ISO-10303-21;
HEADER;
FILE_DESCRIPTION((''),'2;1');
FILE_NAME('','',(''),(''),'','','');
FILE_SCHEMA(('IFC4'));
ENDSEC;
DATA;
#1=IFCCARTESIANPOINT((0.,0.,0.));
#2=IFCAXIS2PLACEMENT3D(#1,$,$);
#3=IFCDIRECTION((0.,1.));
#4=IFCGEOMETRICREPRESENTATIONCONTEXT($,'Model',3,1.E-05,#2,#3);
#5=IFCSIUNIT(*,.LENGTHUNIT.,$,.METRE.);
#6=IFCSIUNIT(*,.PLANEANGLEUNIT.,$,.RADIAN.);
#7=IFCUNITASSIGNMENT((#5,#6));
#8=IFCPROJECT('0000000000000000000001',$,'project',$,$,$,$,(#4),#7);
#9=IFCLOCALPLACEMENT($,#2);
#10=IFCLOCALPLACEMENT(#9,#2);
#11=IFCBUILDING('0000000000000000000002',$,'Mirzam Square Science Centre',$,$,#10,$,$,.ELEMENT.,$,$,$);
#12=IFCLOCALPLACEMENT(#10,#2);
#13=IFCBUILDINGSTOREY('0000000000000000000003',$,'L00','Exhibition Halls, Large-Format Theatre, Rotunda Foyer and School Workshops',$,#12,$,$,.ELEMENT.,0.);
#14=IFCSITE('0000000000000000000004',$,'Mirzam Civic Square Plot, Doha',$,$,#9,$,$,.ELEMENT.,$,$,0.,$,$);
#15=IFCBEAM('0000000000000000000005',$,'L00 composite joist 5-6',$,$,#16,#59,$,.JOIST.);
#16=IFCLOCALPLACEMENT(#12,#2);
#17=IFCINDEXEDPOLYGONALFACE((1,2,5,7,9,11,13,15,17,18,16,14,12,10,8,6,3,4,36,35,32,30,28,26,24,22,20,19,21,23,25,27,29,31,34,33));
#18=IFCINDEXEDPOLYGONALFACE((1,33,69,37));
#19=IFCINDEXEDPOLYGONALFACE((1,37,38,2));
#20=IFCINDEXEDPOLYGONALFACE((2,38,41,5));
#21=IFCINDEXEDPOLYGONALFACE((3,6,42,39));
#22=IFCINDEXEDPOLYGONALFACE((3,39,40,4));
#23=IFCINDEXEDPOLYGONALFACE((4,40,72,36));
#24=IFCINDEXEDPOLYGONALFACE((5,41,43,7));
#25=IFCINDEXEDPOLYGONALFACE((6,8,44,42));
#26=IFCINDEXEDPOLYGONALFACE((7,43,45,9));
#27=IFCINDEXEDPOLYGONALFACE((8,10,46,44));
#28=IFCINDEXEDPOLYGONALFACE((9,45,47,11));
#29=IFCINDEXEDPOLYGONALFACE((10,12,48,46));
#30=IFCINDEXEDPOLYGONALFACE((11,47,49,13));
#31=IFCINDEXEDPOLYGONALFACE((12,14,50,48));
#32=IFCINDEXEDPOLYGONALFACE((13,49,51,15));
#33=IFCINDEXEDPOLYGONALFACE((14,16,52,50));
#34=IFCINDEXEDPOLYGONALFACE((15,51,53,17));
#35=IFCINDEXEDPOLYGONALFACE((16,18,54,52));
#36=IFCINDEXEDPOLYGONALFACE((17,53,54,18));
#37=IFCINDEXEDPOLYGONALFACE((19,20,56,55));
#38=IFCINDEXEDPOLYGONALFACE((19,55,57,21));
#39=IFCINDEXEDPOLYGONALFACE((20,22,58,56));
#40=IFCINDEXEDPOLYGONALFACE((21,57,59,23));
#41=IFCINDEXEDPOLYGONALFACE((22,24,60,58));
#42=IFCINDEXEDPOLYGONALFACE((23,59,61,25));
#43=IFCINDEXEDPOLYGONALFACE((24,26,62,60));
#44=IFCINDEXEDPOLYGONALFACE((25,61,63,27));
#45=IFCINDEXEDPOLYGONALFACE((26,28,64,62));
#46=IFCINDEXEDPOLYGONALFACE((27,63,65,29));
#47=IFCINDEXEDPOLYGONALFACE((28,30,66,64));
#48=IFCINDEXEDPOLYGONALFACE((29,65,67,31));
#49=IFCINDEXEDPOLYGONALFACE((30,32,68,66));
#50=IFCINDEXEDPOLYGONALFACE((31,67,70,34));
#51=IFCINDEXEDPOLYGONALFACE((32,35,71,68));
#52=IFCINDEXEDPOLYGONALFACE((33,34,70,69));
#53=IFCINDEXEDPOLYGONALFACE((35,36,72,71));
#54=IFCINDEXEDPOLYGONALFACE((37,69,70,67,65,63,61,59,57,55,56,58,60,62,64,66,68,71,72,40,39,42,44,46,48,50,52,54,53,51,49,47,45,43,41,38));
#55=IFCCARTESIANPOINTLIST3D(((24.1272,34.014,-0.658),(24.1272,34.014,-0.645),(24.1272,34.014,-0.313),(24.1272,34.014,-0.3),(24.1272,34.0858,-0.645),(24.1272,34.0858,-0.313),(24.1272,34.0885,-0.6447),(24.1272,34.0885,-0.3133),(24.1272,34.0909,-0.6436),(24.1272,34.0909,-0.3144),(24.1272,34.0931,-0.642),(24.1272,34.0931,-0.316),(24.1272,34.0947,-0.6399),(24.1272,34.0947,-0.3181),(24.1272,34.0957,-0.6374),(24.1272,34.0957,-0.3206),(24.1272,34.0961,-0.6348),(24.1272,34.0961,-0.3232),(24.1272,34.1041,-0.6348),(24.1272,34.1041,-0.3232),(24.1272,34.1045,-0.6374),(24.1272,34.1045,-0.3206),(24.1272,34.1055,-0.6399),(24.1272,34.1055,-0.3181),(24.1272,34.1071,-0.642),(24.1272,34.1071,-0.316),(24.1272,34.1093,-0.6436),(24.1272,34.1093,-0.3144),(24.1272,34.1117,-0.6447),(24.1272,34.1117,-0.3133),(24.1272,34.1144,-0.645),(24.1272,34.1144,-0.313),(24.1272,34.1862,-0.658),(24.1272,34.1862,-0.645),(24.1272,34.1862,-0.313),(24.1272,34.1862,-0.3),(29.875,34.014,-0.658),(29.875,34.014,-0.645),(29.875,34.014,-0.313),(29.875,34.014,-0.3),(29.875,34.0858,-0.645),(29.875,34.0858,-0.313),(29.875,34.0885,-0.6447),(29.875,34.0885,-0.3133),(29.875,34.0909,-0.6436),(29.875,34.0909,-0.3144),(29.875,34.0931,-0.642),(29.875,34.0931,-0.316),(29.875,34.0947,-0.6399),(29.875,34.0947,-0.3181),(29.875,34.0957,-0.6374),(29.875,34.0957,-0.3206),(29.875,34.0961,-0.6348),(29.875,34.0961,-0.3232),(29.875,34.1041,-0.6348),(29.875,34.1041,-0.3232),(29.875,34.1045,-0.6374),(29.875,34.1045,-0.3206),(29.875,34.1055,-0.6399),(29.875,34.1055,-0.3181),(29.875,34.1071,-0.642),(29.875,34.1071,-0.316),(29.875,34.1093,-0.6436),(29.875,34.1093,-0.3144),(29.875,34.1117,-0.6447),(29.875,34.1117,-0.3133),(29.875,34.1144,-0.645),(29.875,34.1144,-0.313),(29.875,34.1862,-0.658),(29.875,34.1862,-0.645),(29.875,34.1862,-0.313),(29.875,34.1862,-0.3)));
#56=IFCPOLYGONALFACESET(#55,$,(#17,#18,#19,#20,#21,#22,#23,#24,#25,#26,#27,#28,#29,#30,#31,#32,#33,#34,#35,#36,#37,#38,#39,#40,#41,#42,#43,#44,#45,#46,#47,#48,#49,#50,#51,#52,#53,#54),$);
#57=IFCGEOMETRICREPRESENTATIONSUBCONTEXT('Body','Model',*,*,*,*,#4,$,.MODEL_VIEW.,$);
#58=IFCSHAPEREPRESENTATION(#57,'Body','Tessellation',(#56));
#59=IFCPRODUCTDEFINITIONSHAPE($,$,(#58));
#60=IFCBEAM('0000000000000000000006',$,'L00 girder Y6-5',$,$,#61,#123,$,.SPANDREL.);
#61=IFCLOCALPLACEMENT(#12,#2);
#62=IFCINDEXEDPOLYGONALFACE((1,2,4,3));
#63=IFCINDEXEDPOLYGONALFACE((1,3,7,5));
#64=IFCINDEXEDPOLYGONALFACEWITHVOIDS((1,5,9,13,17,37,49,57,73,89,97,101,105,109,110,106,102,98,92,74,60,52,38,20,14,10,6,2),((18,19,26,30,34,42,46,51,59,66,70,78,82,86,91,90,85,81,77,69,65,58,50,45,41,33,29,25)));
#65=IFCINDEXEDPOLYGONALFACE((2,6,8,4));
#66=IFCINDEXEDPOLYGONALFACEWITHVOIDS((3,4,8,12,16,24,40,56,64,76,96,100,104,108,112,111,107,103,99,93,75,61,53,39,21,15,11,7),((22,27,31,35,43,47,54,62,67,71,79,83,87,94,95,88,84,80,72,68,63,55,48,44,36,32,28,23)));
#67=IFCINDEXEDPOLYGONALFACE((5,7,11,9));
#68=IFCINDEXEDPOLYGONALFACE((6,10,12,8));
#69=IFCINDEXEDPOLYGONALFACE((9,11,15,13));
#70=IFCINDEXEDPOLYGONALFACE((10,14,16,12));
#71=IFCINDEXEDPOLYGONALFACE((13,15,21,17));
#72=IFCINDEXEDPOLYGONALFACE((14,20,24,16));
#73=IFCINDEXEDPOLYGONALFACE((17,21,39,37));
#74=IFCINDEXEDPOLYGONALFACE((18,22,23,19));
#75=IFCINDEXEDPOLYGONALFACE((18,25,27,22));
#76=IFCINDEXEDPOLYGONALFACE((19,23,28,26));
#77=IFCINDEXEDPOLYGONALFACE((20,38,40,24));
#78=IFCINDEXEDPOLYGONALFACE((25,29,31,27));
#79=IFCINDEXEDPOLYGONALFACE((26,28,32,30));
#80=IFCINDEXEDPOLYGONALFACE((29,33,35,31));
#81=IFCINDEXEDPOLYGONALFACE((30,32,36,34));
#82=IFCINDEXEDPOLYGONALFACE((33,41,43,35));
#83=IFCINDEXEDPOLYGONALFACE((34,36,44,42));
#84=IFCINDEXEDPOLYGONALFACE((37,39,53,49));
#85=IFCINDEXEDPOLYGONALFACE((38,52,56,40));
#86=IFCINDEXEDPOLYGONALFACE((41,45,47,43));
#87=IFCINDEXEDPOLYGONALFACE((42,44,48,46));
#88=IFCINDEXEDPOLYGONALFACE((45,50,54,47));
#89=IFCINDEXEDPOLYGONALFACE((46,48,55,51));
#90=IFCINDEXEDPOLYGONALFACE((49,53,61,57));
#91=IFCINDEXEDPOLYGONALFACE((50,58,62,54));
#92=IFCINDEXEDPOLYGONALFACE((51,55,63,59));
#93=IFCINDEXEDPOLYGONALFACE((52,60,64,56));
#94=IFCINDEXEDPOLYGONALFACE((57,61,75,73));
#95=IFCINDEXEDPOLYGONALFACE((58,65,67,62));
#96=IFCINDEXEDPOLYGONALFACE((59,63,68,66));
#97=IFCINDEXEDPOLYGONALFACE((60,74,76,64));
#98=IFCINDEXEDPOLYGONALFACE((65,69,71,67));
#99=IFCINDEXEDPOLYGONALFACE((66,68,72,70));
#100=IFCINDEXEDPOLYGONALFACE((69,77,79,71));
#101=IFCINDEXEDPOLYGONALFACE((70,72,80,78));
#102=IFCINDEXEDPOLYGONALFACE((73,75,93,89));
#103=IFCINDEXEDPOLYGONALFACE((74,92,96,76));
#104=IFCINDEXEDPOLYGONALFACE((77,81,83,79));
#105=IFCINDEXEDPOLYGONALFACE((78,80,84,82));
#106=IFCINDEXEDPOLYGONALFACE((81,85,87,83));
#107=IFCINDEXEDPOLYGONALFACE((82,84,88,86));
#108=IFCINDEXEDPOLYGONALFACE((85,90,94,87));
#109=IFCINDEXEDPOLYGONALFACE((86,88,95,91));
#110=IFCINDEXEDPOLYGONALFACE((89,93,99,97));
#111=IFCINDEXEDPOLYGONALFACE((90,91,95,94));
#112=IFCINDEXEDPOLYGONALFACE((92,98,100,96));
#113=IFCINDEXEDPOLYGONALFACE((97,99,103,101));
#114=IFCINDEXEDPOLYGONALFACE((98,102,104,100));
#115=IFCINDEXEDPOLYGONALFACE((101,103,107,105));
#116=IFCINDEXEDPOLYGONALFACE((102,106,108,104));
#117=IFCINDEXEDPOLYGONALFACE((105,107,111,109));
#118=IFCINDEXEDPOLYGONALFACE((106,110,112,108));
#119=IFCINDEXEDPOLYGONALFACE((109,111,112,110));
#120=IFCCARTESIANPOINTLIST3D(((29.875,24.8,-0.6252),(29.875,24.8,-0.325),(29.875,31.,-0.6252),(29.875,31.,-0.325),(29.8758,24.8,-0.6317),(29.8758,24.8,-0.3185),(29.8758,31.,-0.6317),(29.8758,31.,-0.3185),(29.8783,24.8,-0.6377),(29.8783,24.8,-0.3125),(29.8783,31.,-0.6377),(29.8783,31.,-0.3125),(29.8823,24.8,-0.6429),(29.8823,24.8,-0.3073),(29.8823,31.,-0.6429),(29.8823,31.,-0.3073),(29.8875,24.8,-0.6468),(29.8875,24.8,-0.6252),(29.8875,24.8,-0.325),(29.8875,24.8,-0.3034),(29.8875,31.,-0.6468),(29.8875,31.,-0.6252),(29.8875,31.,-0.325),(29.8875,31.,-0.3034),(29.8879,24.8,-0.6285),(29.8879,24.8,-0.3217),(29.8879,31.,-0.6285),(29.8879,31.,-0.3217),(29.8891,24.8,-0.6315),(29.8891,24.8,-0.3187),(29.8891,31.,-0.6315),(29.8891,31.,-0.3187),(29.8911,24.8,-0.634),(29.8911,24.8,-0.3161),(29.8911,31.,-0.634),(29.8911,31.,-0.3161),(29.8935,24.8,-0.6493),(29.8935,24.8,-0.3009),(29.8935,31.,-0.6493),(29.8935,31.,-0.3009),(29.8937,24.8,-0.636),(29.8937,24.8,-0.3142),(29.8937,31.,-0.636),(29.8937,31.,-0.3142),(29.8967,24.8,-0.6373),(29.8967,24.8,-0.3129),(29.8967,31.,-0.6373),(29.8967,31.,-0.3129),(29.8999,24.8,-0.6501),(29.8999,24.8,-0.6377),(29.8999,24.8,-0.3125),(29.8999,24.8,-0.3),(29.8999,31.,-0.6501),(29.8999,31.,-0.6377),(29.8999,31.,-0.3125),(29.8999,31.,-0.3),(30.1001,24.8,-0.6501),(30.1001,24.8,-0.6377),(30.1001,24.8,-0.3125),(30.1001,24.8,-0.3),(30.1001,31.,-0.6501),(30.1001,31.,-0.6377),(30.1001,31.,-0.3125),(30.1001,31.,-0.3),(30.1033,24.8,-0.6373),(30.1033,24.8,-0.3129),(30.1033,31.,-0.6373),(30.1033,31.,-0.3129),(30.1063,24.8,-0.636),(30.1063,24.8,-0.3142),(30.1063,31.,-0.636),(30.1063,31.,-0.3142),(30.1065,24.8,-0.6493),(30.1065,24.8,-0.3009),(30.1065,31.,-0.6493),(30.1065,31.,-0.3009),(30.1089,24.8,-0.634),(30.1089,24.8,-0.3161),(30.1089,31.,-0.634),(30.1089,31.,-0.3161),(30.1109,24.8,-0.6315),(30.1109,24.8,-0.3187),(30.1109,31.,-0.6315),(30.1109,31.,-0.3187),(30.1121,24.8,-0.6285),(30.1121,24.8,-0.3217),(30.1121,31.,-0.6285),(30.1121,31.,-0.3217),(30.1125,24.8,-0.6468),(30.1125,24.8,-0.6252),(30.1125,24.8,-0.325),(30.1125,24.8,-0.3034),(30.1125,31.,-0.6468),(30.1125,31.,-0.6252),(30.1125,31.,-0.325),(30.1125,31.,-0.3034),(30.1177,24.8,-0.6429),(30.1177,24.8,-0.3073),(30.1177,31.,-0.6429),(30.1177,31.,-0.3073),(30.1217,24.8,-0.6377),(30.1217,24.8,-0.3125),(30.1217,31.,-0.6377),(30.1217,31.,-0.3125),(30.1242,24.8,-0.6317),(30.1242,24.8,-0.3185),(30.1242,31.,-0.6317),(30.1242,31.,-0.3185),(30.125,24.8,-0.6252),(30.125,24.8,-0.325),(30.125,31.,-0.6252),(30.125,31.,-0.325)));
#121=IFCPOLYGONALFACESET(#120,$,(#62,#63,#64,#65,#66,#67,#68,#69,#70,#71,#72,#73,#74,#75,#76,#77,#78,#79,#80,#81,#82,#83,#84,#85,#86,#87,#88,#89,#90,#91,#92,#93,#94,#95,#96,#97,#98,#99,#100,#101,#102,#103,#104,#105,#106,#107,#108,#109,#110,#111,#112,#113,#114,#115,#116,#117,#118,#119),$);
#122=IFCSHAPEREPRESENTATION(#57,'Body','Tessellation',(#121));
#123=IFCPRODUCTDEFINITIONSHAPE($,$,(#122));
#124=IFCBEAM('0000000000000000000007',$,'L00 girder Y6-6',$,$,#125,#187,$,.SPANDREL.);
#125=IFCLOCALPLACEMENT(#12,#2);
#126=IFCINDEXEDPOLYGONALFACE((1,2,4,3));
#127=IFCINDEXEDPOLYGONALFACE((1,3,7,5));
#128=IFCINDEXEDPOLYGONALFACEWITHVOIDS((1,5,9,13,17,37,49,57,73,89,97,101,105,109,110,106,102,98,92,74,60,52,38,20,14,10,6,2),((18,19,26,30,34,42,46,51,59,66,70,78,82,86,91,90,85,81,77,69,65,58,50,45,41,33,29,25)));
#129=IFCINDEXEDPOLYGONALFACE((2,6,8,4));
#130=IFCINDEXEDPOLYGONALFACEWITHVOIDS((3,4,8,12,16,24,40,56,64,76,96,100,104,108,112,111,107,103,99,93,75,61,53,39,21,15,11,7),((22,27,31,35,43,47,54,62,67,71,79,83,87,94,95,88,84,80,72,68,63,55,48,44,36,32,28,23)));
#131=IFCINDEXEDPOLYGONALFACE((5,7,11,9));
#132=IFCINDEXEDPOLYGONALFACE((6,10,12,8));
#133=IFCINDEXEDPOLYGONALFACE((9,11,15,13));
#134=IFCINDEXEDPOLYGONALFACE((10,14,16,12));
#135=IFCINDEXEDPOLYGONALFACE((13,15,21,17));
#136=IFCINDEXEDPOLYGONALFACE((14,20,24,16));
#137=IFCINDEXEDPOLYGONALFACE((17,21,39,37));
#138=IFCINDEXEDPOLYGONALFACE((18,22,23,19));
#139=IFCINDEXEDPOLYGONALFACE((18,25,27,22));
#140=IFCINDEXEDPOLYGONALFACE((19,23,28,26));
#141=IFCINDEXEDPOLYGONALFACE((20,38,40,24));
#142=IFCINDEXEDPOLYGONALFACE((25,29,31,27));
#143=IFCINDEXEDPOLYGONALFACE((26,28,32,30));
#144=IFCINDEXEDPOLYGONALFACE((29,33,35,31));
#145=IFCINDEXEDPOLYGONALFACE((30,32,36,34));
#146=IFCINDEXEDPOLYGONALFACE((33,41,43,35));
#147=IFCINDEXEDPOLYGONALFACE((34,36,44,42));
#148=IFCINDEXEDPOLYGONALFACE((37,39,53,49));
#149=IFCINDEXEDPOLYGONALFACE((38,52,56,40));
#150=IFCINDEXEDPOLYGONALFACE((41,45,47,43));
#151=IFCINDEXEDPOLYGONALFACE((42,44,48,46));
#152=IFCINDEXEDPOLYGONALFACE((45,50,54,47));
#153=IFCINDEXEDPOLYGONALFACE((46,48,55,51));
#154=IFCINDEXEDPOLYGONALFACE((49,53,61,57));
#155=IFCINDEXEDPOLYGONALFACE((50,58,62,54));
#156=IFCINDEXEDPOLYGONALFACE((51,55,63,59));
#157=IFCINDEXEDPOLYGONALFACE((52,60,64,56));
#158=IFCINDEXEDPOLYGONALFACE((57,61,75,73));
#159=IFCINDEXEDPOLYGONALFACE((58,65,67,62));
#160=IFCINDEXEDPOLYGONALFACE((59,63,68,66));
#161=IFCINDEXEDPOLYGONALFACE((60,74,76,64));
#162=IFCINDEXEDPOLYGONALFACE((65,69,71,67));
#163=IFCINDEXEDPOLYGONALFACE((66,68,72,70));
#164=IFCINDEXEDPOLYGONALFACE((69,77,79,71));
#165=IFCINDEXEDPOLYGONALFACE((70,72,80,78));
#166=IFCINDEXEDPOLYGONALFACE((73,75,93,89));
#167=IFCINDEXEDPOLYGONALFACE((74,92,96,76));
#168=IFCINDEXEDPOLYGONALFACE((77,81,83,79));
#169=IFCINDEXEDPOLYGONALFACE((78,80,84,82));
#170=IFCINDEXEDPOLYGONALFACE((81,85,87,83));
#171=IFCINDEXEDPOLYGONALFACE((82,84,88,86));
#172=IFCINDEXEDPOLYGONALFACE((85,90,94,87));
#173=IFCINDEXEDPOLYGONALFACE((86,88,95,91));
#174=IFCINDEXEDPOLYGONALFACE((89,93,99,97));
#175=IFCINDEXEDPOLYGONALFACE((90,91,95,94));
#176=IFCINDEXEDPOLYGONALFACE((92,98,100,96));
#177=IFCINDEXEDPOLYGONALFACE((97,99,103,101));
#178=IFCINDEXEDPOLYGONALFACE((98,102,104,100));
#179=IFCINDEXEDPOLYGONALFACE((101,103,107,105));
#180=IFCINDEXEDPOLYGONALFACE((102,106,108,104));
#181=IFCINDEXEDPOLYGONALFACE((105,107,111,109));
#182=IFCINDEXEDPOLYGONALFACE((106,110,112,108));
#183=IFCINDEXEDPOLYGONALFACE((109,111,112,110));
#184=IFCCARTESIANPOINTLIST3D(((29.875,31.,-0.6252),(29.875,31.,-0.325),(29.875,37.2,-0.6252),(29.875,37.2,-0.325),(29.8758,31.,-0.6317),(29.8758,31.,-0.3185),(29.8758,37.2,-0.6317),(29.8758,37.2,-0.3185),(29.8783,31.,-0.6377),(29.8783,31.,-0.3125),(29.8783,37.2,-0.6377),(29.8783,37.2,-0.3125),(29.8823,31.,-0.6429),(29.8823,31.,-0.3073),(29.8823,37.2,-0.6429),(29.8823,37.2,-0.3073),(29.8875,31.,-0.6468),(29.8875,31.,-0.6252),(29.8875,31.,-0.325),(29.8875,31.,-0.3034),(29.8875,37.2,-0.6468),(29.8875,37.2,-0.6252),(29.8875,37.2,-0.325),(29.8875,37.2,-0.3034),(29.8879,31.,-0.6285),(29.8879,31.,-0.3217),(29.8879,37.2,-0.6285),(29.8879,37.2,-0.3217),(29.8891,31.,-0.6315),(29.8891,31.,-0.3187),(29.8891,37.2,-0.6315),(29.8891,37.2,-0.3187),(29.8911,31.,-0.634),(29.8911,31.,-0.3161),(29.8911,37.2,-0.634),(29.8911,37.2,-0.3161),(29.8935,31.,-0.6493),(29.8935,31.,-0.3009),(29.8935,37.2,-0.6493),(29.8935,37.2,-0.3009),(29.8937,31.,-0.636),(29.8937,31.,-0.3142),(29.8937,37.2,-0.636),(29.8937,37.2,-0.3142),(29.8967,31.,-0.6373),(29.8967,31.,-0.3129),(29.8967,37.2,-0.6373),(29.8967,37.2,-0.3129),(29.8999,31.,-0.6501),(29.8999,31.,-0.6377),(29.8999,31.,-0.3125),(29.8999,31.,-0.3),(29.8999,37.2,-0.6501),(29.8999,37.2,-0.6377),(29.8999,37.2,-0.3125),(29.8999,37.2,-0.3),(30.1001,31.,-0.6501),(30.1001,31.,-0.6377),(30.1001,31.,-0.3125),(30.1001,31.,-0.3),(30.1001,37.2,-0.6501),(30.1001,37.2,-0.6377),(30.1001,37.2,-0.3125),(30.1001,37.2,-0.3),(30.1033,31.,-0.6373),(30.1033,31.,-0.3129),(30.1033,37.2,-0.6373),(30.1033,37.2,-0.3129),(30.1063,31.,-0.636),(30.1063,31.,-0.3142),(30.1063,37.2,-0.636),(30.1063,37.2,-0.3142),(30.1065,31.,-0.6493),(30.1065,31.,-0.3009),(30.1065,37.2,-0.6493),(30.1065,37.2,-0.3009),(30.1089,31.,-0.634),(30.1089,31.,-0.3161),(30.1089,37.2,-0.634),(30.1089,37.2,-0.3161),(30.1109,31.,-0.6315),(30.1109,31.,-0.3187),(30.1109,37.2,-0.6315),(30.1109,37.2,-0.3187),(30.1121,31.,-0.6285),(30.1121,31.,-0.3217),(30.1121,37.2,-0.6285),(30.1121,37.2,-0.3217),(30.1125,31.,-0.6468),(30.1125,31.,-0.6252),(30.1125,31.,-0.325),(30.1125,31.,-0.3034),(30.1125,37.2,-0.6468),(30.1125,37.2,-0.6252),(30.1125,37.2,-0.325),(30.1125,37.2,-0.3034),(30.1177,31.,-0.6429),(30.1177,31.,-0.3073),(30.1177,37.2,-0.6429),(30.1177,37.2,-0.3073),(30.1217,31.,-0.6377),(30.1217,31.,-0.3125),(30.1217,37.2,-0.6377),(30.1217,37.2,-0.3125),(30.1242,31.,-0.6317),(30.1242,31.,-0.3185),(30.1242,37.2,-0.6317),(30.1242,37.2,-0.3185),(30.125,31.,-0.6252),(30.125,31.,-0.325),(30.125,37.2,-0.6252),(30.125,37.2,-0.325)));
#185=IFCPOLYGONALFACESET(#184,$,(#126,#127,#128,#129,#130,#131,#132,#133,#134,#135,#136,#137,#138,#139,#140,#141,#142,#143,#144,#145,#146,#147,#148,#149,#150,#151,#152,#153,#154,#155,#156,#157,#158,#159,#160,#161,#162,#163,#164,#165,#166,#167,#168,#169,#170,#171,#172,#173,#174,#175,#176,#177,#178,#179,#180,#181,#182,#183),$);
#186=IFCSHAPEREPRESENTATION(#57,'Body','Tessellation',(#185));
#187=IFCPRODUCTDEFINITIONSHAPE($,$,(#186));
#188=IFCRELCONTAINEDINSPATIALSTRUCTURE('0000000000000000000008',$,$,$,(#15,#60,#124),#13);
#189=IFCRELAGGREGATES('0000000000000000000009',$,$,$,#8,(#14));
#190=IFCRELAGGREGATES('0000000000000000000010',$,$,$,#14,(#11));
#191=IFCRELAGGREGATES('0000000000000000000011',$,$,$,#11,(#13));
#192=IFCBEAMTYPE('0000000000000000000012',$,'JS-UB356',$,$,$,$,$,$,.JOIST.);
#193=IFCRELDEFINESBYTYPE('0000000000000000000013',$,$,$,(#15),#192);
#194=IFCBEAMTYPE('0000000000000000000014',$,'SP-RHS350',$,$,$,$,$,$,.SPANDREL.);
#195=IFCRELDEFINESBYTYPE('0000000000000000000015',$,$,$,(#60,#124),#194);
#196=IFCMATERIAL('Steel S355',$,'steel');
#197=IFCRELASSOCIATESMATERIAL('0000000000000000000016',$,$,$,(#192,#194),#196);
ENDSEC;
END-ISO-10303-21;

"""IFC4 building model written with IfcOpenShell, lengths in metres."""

from ifc_helpers import new_model, si_unit, direction, frame, origin, origin_2d, place, context, subcontext, project, spatial, hollow_rectangle, i_section, extrude, material, material_profile, profile_set, type_object, element, save


model = new_model("IFC4")

# Units and contexts
model_context = context("Model", 3, precision=1e-05, world=origin(), true_north=direction((0.0, 1.0)))
body_context = subcontext(model_context, "Body", "Model", "MODEL_VIEW")
ifc_project = project(units=[si_unit("LENGTHUNIT", "METRE"), si_unit("PLANEANGLEUNIT", "RADIAN")], contexts=[model_context])

# Site, building, storey
site_placement = place(None, origin())
site = spatial("IfcSite", under=ifc_project, at=site_placement, Name="Mirzam Civic Square Plot, Doha", CompositionType="ELEMENT", RefElevation=0.0)
building_placement = place(site_placement, origin())
building = spatial("IfcBuilding", under=site, at=building_placement, Name="Mirzam Square Science Centre", CompositionType="ELEMENT")
storey_placement = place(building_placement, origin())
storey = spatial("IfcBuildingStorey", under=building, at=storey_placement, Name="L00", Description="Exhibition Halls, Large-Format Theatre, Rotunda Foyer and School Workshops", CompositionType="ELEMENT", Elevation=0.0)

# Shared definitions
ifc_material_1 = material(Name="Steel S355", Category="steel")

# Beams
ifc_material_profile_1 = material_profile(ifc_material_1, i_section(OverallWidth=0.1721, OverallDepth=0.3579, WebThickness=0.0081, FlangeThickness=0.0129, FilletRadius=0.0103, at=origin_2d()), Name="356x171x57UB")
ifc_profile_set_1 = profile_set([ifc_material_profile_1], Name="Steel S355")
beam_type_1 = type_object("IfcBeamType", Name="JS-UB356", PredefinedType="JOIST", material=ifc_profile_set_1)
beam_1_placement = place(storey_placement, frame((24.1272, 34.1001, -0.479), z_axis=(1.0, 0.0, 0.0), x_axis=(0.0, 1.0, 0.0)))
element("IfcBeam", 1, at=beam_1_placement, inside=storey, type_object=beam_type_1, Name="L00 composite joist 5-6", PredefinedType="JOIST", context=body_context, shape_type="SweptSolid", body=[
    extrude(i_section(OverallWidth=0.1721, OverallDepth=0.3579, WebThickness=0.0081, FlangeThickness=0.0129, FilletRadius=0.0103, at=origin_2d()), origin(), (0.0, 0.0, 1.0), 5.7478),
])
ifc_material_profile_2 = material_profile(ifc_material_1, hollow_rectangle(XDim=0.25, YDim=0.3501, WallThickness=0.0125, InnerFilletRadius=0.0125, OuterFilletRadius=0.0249, at=origin_2d()), Name="350x250x12.5RHS")
ifc_profile_set_2 = profile_set([ifc_material_profile_2], Name="Steel S355")
beam_type_2 = type_object("IfcBeamType", Name="SP-RHS350", PredefinedType="SPANDREL", material=ifc_profile_set_2)
for number, where, z_axis, x_axis, name in (
    (2, (30.0, 24.8, -0.4751), (0.0, 1.0, 0.0), (-1.0, 0.0, 0.0), "L00 girder Y6-5"),
    (3, (30.0, 31.0, -0.4751), (0.0, 1.0, 0.0), (-1.0, 0.0, 0.0), "L00 girder Y6-6"),
):
    element("IfcBeam", number, at=place(storey_placement, frame(where, z_axis=z_axis, x_axis=x_axis)), inside=storey, type_object=beam_type_2, Name=name, PredefinedType="SPANDREL", context=body_context, shape_type="SweptSolid", body=[
        extrude(hollow_rectangle(XDim=0.25, YDim=0.3501, WallThickness=0.0125, InnerFilletRadius=0.0125, OuterFilletRadius=0.0249, at=origin_2d()), origin(), (0.0, 0.0, 1.0), 6.2),
    ])

save(model, "model.ifc")
